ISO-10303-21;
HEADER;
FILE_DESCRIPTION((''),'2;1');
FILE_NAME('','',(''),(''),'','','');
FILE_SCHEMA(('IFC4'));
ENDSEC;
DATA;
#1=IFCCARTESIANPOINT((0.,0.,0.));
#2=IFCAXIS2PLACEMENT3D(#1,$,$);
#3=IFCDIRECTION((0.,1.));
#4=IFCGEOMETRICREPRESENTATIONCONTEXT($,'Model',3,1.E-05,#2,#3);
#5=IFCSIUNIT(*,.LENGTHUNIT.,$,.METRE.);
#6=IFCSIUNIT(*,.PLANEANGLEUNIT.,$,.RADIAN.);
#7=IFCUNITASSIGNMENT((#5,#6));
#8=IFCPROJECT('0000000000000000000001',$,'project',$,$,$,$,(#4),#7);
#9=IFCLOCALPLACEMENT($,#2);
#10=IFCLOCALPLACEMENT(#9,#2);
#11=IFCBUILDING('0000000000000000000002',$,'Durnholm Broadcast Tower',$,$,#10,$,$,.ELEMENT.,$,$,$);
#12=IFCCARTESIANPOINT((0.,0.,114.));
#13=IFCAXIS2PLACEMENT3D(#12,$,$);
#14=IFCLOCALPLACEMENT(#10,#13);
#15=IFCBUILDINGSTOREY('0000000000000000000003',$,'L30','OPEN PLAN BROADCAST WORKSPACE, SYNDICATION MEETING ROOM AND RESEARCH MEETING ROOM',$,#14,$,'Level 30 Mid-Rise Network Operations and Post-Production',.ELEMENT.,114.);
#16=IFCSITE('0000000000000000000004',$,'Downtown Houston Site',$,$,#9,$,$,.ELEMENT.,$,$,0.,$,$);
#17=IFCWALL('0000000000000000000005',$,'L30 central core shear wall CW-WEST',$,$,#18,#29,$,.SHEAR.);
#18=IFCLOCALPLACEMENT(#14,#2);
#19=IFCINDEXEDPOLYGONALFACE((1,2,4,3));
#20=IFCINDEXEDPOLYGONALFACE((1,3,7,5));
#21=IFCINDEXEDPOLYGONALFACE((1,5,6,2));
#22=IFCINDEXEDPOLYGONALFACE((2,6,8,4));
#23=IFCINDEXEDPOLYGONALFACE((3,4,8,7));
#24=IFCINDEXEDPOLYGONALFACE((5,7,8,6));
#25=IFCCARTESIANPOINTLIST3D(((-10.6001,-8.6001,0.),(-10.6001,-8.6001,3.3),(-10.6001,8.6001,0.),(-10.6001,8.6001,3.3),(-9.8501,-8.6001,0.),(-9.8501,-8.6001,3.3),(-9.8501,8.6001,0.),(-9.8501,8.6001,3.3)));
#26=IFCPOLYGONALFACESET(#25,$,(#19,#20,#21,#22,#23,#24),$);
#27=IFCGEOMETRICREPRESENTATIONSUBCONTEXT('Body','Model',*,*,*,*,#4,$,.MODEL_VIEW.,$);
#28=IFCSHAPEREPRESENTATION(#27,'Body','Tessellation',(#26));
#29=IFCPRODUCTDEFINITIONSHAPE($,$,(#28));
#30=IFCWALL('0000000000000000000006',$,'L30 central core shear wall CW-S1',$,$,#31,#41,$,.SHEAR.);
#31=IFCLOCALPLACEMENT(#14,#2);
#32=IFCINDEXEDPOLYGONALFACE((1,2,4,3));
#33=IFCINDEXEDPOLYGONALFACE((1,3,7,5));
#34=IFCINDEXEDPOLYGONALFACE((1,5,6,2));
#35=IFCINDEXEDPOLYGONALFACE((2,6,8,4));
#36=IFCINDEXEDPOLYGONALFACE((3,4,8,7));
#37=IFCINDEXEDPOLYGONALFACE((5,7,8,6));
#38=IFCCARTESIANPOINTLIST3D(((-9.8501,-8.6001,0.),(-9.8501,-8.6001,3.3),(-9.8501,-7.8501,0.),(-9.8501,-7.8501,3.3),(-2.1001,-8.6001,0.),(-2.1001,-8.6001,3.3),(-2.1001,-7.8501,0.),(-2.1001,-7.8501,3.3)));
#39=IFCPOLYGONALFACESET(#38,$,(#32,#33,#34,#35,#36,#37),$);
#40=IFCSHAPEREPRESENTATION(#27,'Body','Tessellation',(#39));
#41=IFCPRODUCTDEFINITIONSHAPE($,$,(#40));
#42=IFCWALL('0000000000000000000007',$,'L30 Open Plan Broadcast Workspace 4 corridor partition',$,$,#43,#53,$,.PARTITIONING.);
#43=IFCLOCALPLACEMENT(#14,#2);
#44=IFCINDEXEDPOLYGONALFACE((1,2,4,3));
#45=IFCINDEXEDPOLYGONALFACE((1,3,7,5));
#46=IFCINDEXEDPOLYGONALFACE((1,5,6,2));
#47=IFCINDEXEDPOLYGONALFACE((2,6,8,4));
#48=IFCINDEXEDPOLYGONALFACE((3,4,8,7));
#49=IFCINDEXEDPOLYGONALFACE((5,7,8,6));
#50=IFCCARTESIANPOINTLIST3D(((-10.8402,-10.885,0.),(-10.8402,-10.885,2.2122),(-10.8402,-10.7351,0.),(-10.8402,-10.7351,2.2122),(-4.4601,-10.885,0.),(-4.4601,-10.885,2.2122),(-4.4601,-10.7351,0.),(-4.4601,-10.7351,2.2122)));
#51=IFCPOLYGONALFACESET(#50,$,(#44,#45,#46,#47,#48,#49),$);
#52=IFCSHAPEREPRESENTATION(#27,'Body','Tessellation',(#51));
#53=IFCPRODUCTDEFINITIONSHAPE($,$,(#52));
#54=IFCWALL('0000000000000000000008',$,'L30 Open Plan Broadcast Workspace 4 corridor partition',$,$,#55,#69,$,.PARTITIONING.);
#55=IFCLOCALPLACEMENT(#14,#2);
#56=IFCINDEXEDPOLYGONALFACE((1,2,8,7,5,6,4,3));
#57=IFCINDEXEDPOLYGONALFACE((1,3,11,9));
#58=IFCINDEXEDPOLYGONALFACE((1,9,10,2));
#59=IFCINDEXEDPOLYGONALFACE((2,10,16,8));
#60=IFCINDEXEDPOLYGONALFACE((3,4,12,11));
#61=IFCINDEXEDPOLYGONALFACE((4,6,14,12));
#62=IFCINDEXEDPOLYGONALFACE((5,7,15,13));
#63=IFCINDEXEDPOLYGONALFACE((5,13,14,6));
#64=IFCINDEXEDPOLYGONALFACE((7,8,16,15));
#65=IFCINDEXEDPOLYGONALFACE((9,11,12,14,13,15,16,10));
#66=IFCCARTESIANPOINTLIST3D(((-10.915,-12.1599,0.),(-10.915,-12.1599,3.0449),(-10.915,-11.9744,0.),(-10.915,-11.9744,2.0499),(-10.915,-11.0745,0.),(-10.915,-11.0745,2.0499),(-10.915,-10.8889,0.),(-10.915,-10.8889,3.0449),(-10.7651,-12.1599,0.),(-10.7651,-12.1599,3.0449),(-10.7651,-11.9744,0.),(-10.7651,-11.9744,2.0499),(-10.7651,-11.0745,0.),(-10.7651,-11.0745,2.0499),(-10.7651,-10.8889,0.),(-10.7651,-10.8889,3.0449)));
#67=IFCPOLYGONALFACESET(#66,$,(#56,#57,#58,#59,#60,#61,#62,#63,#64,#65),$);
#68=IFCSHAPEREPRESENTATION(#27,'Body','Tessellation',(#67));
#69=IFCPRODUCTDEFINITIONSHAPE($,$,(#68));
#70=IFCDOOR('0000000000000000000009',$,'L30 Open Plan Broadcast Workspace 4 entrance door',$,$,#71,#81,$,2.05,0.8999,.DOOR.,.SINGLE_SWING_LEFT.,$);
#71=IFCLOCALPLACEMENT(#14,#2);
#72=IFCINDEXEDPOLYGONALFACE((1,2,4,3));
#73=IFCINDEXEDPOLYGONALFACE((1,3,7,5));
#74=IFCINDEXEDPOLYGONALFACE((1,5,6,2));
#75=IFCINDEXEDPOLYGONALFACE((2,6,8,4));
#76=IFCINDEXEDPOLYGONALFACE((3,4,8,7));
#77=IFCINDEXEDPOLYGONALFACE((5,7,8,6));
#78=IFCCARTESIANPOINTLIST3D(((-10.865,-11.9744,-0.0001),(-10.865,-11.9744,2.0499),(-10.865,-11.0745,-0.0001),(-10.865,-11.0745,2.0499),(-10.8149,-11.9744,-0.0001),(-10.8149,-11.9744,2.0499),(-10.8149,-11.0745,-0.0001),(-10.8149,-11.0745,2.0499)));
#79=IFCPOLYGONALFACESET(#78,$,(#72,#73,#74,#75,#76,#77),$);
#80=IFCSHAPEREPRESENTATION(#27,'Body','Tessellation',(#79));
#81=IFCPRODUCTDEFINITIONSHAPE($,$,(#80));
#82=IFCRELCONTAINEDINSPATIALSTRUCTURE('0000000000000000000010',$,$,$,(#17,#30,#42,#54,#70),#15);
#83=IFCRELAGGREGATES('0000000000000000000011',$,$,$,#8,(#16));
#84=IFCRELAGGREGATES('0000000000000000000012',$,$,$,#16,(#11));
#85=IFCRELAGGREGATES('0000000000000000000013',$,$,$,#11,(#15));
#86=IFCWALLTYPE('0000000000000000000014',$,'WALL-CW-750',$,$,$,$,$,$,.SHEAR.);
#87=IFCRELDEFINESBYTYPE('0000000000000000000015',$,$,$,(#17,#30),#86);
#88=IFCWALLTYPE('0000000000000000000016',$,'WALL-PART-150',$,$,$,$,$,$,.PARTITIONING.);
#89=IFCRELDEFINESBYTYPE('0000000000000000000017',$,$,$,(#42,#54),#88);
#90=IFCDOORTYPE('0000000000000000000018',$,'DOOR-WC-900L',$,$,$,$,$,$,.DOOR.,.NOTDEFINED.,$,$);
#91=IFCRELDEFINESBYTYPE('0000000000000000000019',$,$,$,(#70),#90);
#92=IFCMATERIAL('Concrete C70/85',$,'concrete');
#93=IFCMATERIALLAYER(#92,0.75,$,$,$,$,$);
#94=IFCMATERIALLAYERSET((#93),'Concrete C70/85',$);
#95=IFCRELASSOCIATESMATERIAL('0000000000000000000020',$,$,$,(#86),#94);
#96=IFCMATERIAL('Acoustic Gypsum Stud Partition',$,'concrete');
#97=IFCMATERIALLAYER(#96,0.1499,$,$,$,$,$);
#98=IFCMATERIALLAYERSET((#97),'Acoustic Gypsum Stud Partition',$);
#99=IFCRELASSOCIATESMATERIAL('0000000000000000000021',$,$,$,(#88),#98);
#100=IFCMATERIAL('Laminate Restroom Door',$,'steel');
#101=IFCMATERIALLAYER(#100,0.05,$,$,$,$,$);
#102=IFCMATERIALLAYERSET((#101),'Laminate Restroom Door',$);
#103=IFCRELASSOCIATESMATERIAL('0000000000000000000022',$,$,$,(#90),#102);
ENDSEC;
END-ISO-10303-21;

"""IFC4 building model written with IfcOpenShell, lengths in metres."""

from ifc_helpers import new_model, si_unit, direction, frame, frame_2d, origin, place, context, subcontext, project, spatial, rectangle, extrude, source, transform, mapped, material, layer, layer_set, type_object, type_shapes, element, fill, save


model = new_model("IFC4")

# Units and contexts
model_context = context("Model", 3, precision=1e-05, world=origin(), true_north=direction((0.0, 1.0)))
body_context = subcontext(model_context, "Body", "Model", "MODEL_VIEW")
ifc_project = project(units=[si_unit("LENGTHUNIT", "METRE"), si_unit("PLANEANGLEUNIT", "RADIAN")], contexts=[model_context])

# Site, building, storey
site_placement = place(None, origin())
site = spatial("IfcSite", under=ifc_project, at=site_placement, Name="Downtown Houston Site", CompositionType="ELEMENT", RefElevation=0.0)
building_placement = place(site_placement, origin())
building = spatial("IfcBuilding", under=site, at=building_placement, Name="Durnholm Broadcast Tower", CompositionType="ELEMENT")
storey_placement = place(building_placement, frame((0.0, 0.0, 114.0)))
storey = spatial("IfcBuildingStorey", under=building, at=storey_placement, Name="L30", Description="OPEN PLAN BROADCAST WORKSPACE, SYNDICATION MEETING ROOM AND RESEARCH MEETING ROOM", LongName="Level 30 Mid-Rise Network Operations and Post-Production", CompositionType="ELEMENT", Elevation=114.0)

# Shared definitions
ifc_material_1 = material(Name="Concrete C70/85", Category="concrete")

# Walls
ifc_layer_1 = layer(ifc_material_1, 0.75)
ifc_layer_set_1 = layer_set([ifc_layer_1], Name="Concrete C70/85")
wall_type_1 = type_object("IfcWallType", Name="WALL-CW-750", PredefinedType="SHEAR", material=ifc_layer_set_1)
wall_1_placement = place(storey_placement, frame((-10.2251, -8.6001, 0.0), z_axis=(0.0, 0.0, 1.0), x_axis=(0.0, 1.0, 0.0)))
element("IfcWall", 1, at=wall_1_placement, inside=storey, type_object=wall_type_1, Name="L30 central core shear wall CW-WEST", PredefinedType="SHEAR", context=body_context, shape_type="SweptSolid", body=[
    extrude(rectangle(XDim=17.2002, YDim=0.75, at=frame_2d((8.6001, 0.0))), origin(), (0.0, 0.0, 1.0), 3.3),
])
wall_2_placement = place(storey_placement, frame((-9.8501, -8.2251, 0.0), z_axis=(0.0, 0.0, 1.0), x_axis=(1.0, 0.0, 0.0)))
element("IfcWall", 2, at=wall_2_placement, inside=storey, type_object=wall_type_1, Name="L30 central core shear wall CW-S1", PredefinedType="SHEAR", context=body_context, shape_type="SweptSolid", body=[
    extrude(rectangle(XDim=7.75, YDim=0.75, at=frame_2d((3.875, 0.0))), origin(), (0.0, 0.0, 1.0), 3.3),
])
ifc_material_2 = material(Name="Acoustic Gypsum Stud Partition", Category="concrete")
ifc_layer_2 = layer(ifc_material_2, 0.1499)
ifc_layer_set_2 = layer_set([ifc_layer_2], Name="Acoustic Gypsum Stud Partition")
wall_type_2 = type_object("IfcWallType", Name="WALL-PART-150", PredefinedType="PARTITIONING", material=ifc_layer_set_2)
wall_3_placement = place(storey_placement, frame((-10.8401, -10.8101, 0.0), z_axis=(0.0, 0.0, 1.0), x_axis=(1.0, 0.0, 0.0)))
element("IfcWall", 3, at=wall_3_placement, inside=storey, type_object=wall_type_2, Name="L30 Open Plan Broadcast Workspace 4 corridor partition", PredefinedType="PARTITIONING", context=body_context, shape_type="SweptSolid", body=[
    extrude(rectangle(XDim=6.3801, YDim=0.1499, at=frame_2d((3.1899, 0.0))), origin(), (0.0, 0.0, 1.0), 2.2122),
])

# Wall, opening, door
wall_4_placement = place(storey_placement, frame((-10.8401, -12.1599, 0.0), z_axis=(0.0, 0.0, 1.0), x_axis=(0.0, 1.0, 0.0)))
wall_4 = element("IfcWall", 4, at=wall_4_placement, inside=storey, type_object=wall_type_2, Name="L30 Open Plan Broadcast Workspace 4 corridor partition", PredefinedType="PARTITIONING", context=body_context, shape_type="SweptSolid", body=[
    extrude(rectangle(XDim=1.271, YDim=0.1499, at=frame_2d((0.6355, 0.0))), origin(), (0.0, 0.0, 1.0), 3.0449),
])
opening_placement = place(wall_4_placement, frame((0.1855, 0.0, 0.0)))
opening = element("IfcOpeningElement", 5, at=opening_placement, cuts=wall_4, PredefinedType="OPENING", context=body_context, shape_type="SweptSolid", body=[
    extrude(rectangle(XDim=0.8999, YDim=2.05, at=frame_2d((0.45, 1.0249))), frame((0.0, 0.085, 0.0), z_axis=(0.0, -1.0, 0.0), x_axis=(1.0, 0.0, 0.0)), (0.0, 0.0, 1.0), 0.1699),
])
ifc_material_3 = material(Name="Laminate Restroom Door", Category="steel")
ifc_layer_3 = layer(ifc_material_3, 0.05)
ifc_layer_set_3 = layer_set([ifc_layer_3], Name="Laminate Restroom Door")
door_type = type_object("IfcDoorType", Name="DOOR-WC-900L", OperationType="NOTDEFINED", PredefinedType="DOOR", material=ifc_layer_set_3)
shared_shape_1 = source(origin(), body_context, "Body", "SweptSolid", [
    extrude(rectangle(XDim=0.8999, YDim=2.05, at=frame_2d((0.45, 1.0249))), frame((0.0, 0.0249, 0.0), z_axis=(0.0, -1.0, 0.0), x_axis=(1.0, 0.0, 0.0)), (0.0, 0.0, 1.0), 0.05),
])
type_shapes(door_type, [shared_shape_1])
door_placement = place(opening_placement, origin())
door = element("IfcDoor", 6, at=door_placement, inside=storey, type_object=door_type, Name="L30 Open Plan Broadcast Workspace 4 entrance door", OperationType="SINGLE_SWING_LEFT", OverallHeight=2.05, OverallWidth=0.8999, PredefinedType="DOOR", context=body_context, shape_type="MappedRepresentation", body=[
    mapped(shared_shape_1, transform((0.0, 0.0, 0.0), x_axis=(1.0, 0.0, 0.0), y_axis=(0.0, 1.0, 0.0), z_axis=(0.0, 0.0, 1.0), scale=1.0)),
])
fill(opening, door)

save(model, "model.ifc")
